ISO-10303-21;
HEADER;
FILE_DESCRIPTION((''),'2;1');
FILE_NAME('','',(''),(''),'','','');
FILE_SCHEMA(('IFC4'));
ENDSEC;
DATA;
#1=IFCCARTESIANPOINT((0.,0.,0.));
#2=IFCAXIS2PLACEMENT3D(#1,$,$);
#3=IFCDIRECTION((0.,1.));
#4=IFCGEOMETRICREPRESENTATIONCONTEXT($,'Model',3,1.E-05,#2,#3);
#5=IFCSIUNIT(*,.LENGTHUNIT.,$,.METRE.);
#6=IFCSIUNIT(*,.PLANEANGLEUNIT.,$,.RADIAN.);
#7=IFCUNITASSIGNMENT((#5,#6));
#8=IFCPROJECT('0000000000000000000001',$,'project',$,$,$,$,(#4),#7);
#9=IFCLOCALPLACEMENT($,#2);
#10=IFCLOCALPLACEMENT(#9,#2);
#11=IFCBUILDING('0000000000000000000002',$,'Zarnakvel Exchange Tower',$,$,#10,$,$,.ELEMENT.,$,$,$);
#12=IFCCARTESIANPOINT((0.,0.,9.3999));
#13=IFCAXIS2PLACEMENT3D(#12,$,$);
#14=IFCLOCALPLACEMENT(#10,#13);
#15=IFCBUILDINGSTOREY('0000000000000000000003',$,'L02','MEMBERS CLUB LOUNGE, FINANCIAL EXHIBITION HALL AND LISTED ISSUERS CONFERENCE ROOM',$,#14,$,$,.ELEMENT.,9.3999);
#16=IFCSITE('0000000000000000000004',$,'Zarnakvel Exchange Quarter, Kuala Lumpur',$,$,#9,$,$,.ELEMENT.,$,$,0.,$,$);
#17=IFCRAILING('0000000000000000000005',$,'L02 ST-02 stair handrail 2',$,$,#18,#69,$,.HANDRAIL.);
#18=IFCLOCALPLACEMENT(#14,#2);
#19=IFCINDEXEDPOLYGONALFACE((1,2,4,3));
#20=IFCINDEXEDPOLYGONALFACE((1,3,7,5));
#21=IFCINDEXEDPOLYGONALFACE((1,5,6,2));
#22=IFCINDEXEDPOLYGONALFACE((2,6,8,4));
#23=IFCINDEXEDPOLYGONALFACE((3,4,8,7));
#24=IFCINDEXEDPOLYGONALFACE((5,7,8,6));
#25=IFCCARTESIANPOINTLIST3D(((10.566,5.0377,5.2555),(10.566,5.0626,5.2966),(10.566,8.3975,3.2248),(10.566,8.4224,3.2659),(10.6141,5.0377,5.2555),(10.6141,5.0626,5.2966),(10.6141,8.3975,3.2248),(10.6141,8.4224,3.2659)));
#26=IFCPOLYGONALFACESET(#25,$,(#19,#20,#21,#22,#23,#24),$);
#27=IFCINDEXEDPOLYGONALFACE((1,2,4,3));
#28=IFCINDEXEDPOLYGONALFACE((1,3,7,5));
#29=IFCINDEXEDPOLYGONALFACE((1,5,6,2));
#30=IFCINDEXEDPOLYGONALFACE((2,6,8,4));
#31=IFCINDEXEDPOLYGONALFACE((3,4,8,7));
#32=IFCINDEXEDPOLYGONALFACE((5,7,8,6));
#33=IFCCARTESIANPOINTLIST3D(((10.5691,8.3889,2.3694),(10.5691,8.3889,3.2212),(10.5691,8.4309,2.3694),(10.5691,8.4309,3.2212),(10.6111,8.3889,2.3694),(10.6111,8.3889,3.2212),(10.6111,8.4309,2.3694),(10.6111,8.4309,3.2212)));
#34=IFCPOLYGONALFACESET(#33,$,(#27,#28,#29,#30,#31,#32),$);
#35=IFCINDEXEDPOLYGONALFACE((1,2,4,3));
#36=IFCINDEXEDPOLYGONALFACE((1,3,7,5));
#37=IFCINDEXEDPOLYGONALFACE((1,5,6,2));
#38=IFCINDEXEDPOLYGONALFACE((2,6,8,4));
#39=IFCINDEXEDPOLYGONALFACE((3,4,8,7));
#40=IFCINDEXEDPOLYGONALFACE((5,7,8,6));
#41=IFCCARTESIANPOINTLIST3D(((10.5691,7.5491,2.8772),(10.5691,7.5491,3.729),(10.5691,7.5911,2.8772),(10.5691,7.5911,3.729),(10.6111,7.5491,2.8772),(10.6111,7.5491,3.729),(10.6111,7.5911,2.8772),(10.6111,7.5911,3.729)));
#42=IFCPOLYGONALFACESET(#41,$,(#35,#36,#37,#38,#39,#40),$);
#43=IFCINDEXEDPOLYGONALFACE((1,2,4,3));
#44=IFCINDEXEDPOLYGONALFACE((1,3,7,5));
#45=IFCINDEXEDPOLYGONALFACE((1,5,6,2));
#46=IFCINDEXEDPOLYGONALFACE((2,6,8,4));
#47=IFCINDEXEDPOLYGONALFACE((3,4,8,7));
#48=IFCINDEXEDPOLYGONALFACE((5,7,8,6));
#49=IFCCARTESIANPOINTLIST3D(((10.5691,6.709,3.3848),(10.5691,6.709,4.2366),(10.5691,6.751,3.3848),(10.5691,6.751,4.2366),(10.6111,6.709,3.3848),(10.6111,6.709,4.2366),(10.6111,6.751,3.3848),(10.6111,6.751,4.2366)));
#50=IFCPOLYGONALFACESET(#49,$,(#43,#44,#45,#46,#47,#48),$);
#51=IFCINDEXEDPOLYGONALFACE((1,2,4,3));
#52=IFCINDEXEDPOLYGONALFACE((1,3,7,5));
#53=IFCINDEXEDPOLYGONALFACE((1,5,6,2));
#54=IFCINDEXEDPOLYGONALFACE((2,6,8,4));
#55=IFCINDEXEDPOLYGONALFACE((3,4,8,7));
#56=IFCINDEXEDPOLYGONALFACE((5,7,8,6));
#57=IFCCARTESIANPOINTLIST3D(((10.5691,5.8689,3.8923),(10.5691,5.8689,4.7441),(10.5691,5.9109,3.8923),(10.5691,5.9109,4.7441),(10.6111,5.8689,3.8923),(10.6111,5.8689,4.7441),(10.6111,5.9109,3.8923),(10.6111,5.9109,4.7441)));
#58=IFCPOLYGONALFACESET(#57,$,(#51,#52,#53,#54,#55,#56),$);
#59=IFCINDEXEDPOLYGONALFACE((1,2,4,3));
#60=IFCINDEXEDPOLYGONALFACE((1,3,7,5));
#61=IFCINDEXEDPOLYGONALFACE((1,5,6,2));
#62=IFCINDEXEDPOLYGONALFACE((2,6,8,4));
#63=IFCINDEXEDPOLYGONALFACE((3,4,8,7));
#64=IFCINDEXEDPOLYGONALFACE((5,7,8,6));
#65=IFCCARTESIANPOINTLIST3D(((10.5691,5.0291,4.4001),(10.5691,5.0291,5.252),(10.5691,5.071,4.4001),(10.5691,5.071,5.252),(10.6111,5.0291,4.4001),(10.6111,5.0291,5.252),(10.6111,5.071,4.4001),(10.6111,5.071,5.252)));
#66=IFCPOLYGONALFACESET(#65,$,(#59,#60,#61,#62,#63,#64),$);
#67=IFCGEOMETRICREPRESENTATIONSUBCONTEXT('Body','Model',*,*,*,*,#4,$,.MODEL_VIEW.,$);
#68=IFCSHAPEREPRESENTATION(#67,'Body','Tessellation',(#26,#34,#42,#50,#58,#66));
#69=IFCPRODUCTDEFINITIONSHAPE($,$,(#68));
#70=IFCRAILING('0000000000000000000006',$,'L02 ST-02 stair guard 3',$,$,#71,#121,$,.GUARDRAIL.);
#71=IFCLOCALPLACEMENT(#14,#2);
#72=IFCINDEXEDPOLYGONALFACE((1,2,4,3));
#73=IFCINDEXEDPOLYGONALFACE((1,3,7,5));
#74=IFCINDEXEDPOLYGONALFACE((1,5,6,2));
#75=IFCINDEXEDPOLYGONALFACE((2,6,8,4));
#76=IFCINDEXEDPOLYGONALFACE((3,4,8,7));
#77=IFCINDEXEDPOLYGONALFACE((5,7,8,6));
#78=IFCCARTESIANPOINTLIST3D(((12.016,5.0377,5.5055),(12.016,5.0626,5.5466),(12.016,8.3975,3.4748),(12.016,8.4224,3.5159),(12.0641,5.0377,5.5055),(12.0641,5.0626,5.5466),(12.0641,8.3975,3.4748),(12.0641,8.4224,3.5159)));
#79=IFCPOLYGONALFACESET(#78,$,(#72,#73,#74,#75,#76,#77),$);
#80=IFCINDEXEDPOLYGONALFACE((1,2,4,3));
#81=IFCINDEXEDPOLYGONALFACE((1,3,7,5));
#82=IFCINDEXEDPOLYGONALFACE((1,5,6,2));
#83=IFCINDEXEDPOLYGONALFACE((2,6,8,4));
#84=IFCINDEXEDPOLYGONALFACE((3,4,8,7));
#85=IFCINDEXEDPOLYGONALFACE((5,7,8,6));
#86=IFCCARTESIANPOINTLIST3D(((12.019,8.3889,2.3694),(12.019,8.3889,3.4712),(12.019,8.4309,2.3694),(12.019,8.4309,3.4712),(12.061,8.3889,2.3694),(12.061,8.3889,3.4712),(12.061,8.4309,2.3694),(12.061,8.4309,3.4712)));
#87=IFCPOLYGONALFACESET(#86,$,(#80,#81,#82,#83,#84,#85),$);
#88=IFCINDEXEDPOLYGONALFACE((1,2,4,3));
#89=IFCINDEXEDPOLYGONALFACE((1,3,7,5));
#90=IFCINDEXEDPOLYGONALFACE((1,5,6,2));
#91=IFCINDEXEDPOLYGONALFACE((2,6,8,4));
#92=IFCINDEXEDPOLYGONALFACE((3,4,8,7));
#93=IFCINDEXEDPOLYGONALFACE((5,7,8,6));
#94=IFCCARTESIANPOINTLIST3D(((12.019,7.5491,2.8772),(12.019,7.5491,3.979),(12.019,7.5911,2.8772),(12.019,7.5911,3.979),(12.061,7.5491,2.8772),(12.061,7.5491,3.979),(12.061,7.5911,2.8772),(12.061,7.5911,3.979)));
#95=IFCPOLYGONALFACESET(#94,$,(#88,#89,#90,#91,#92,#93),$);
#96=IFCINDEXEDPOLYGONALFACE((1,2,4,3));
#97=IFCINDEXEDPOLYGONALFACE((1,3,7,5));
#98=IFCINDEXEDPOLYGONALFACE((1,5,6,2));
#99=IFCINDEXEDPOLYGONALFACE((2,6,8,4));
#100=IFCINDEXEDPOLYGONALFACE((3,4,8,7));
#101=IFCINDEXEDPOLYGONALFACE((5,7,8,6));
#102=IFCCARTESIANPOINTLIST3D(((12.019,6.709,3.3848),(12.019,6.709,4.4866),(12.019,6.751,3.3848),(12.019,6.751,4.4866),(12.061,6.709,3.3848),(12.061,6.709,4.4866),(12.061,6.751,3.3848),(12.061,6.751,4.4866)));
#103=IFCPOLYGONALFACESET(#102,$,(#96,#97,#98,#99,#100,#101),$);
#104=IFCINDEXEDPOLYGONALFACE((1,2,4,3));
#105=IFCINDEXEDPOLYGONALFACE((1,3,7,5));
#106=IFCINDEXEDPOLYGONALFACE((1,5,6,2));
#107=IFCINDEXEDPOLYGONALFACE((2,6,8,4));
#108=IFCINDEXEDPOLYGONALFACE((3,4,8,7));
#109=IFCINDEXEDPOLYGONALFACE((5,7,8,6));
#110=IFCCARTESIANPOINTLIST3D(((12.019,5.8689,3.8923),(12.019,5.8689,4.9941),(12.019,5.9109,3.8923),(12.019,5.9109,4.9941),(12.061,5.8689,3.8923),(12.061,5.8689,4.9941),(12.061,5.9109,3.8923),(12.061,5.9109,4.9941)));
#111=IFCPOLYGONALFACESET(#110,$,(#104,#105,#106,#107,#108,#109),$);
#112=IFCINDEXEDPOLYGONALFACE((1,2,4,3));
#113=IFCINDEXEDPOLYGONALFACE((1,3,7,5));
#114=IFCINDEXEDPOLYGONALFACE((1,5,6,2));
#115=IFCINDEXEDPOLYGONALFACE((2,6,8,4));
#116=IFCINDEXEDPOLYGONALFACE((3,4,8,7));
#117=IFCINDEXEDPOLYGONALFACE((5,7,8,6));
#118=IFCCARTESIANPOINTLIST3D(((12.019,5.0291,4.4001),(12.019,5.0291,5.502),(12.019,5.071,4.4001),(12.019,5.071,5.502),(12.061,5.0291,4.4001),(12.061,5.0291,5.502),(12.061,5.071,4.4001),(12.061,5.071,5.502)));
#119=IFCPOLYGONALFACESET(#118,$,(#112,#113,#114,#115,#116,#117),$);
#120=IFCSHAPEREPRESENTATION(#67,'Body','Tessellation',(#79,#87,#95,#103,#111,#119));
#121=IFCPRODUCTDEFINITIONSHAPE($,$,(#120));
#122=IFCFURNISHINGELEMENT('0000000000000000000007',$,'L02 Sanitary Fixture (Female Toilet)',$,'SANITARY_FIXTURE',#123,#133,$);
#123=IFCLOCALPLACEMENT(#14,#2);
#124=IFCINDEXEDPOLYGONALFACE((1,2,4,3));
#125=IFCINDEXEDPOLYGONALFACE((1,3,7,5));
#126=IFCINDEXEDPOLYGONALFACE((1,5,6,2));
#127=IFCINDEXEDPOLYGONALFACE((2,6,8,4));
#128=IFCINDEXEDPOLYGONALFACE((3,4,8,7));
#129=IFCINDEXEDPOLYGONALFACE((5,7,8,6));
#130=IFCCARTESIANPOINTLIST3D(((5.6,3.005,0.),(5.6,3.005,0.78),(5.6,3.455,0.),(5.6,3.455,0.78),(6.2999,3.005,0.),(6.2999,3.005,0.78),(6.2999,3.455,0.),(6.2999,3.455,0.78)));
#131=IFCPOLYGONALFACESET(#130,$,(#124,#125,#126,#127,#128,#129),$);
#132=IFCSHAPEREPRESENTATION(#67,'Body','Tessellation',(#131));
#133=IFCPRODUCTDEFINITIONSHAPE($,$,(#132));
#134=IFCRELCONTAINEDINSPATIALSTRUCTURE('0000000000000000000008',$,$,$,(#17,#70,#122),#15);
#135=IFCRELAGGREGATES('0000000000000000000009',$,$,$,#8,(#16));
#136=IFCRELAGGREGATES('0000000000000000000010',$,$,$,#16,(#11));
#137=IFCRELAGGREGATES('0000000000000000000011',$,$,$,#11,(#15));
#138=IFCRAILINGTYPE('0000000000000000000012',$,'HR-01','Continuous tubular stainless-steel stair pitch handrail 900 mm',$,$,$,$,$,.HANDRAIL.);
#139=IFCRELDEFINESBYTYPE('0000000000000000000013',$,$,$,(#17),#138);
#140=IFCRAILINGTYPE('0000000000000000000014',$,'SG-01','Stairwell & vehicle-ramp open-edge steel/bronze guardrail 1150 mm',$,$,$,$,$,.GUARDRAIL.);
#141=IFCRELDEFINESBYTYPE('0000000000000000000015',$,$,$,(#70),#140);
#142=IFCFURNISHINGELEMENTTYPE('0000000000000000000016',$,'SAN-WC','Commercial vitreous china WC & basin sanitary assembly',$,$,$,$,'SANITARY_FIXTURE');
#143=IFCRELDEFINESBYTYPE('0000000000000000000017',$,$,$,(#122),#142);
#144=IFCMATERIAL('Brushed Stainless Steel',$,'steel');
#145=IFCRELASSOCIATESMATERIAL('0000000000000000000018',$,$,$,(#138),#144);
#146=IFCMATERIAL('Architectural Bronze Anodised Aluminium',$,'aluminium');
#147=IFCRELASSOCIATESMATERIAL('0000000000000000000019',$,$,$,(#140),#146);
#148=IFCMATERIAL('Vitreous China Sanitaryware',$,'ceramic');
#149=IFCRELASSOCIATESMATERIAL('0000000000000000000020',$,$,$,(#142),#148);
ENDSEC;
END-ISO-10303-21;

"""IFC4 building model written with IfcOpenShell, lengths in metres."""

from ifc_helpers import new_model, si_unit, direction, frame, origin, origin_2d, place, context, subcontext, project, spatial, rectangle, extrude, source, transform, mapped, material, type_object, element, save


model = new_model("IFC4")

# Units and contexts
model_context = context("Model", 3, precision=1e-05, world=origin(), true_north=direction((0.0, 1.0)))
body_context = subcontext(model_context, "Body", "Model", "MODEL_VIEW")
ifc_project = project(units=[si_unit("LENGTHUNIT", "METRE"), si_unit("PLANEANGLEUNIT", "RADIAN")], contexts=[model_context])

# Site, building, storey
site_placement = place(None, origin())
site = spatial("IfcSite", under=ifc_project, at=site_placement, Name="Zarnakvel Exchange Quarter, Kuala Lumpur", CompositionType="ELEMENT", RefElevation=0.0)
building_placement = place(site_placement, origin())
building = spatial("IfcBuilding", under=site, at=building_placement, Name="Zarnakvel Exchange Tower", CompositionType="ELEMENT")
storey_placement = place(building_placement, frame((0.0, 0.0, 9.3999)))
storey = spatial("IfcBuildingStorey", under=building, at=storey_placement, Name="L02", Description="MEMBERS CLUB LOUNGE, FINANCIAL EXHIBITION HALL AND LISTED ISSUERS CONFERENCE ROOM", CompositionType="ELEMENT", Elevation=9.3999)

# Shared definitions
ifc_material_1 = material(Name="Brushed Stainless Steel", Category="steel")

# Railings
railing_type_1 = type_object("IfcRailingType", Name="HR-01", Description="Continuous tubular stainless-steel stair pitch handrail 900 mm", PredefinedType="HANDRAIL", material=ifc_material_1)
railing_1_placement = place(storey_placement, frame((10.5901, 8.4099, 2.3694)))
element("IfcRailing", 1, at=railing_1_placement, inside=storey, type_object=railing_type_1, Name="L02 ST-02 stair handrail 2", PredefinedType="HANDRAIL", context=body_context, shape_type="SweptSolid", body=[
    extrude(rectangle(XDim=0.0481, YDim=0.0481, at=origin_2d()), frame((0.0, 0.0, 0.876), z_axis=(0.0, -0.85582, 0.517273), x_axis=(1.0, 0.0, 0.0)), (0.0, 0.0, 1.0), 3.9258),
    extrude(rectangle(XDim=0.042, YDim=0.042, at=origin_2d()), origin(), (0.0, 0.0, 1.0), 0.8518),
    extrude(rectangle(XDim=0.042, YDim=0.042, at=origin_2d()), frame((0.0, -0.8398, 0.5078)), (0.0, 0.0, 1.0), 0.8518),
    extrude(rectangle(XDim=0.042, YDim=0.042, at=origin_2d()), frame((0.0, -1.6799, 1.0154)), (0.0, 0.0, 1.0), 0.8518),
    extrude(rectangle(XDim=0.042, YDim=0.042, at=origin_2d()), frame((0.0, -2.52, 1.5229)), (0.0, 0.0, 1.0), 0.8518),
    extrude(rectangle(XDim=0.042, YDim=0.042, at=origin_2d()), frame((0.0, -3.3599, 2.0308)), (0.0, 0.0, 1.0), 0.8518),
])
ifc_material_2 = material(Name="Architectural Bronze Anodised Aluminium", Category="aluminium")
railing_type_2 = type_object("IfcRailingType", Name="SG-01", Description="Stairwell & vehicle-ramp open-edge steel/bronze guardrail 1150 mm", PredefinedType="GUARDRAIL", material=ifc_material_2)
railing_2_placement = place(storey_placement, frame((12.04, 8.4099, 2.3694)))
element("IfcRailing", 2, at=railing_2_placement, inside=storey, type_object=railing_type_2, Name="L02 ST-02 stair guard 3", PredefinedType="GUARDRAIL", context=body_context, shape_type="SweptSolid", body=[
    extrude(rectangle(XDim=0.0481, YDim=0.0481, at=origin_2d()), frame((0.0, 0.0, 1.126), z_axis=(0.0, -0.85582, 0.517273), x_axis=(1.0, 0.0, 0.0)), (0.0, 0.0, 1.0), 3.9258),
    extrude(rectangle(XDim=0.042, YDim=0.042, at=origin_2d()), origin(), (0.0, 0.0, 1.0), 1.1018),
    extrude(rectangle(XDim=0.042, YDim=0.042, at=origin_2d()), frame((0.0, -0.8398, 0.5078)), (0.0, 0.0, 1.0), 1.1018),
    extrude(rectangle(XDim=0.042, YDim=0.042, at=origin_2d()), frame((0.0, -1.6799, 1.0154)), (0.0, 0.0, 1.0), 1.1018),
    extrude(rectangle(XDim=0.042, YDim=0.042, at=origin_2d()), frame((0.0, -2.52, 1.5229)), (0.0, 0.0, 1.0), 1.1018),
    extrude(rectangle(XDim=0.042, YDim=0.042, at=origin_2d()), frame((0.0, -3.3599, 2.0308)), (0.0, 0.0, 1.0), 1.1018),
])

# Furnishing element
ifc_material_3 = material(Name="Vitreous China Sanitaryware", Category="ceramic")
furnishing_element_type = type_object("IfcFurnishingElementType", Name="SAN-WC", Description="Commercial vitreous china WC & basin sanitary assembly", ElementType="SANITARY_FIXTURE", material=ifc_material_3)
shared_shape_1 = source(origin(), body_context, "Body", "SweptSolid", [
    extrude(rectangle(XDim=0.7, YDim=0.45, at=origin_2d()), origin(), (0.0, 0.0, 1.0), 0.78),
])
furnishing_placement = place(storey_placement, frame((5.95, 3.23, 0.0), z_axis=(0.0, 0.0, 1.0), x_axis=(1.0, 0.0, 0.0)))
element("IfcFurnishingElement", 3, at=furnishing_placement, inside=storey, type_object=furnishing_element_type, Name="L02 Sanitary Fixture (Female Toilet)", ObjectType="SANITARY_FIXTURE", context=body_context, shape_type="MappedRepresentation", body=[
    mapped(shared_shape_1, transform((0.0, 0.0, 0.0), x_axis=(1.0, 0.0, 0.0), y_axis=(0.0, 1.0, 0.0), z_axis=(0.0, 0.0, 1.0), scale=1.0)),
])

save(model, "model.ifc")
